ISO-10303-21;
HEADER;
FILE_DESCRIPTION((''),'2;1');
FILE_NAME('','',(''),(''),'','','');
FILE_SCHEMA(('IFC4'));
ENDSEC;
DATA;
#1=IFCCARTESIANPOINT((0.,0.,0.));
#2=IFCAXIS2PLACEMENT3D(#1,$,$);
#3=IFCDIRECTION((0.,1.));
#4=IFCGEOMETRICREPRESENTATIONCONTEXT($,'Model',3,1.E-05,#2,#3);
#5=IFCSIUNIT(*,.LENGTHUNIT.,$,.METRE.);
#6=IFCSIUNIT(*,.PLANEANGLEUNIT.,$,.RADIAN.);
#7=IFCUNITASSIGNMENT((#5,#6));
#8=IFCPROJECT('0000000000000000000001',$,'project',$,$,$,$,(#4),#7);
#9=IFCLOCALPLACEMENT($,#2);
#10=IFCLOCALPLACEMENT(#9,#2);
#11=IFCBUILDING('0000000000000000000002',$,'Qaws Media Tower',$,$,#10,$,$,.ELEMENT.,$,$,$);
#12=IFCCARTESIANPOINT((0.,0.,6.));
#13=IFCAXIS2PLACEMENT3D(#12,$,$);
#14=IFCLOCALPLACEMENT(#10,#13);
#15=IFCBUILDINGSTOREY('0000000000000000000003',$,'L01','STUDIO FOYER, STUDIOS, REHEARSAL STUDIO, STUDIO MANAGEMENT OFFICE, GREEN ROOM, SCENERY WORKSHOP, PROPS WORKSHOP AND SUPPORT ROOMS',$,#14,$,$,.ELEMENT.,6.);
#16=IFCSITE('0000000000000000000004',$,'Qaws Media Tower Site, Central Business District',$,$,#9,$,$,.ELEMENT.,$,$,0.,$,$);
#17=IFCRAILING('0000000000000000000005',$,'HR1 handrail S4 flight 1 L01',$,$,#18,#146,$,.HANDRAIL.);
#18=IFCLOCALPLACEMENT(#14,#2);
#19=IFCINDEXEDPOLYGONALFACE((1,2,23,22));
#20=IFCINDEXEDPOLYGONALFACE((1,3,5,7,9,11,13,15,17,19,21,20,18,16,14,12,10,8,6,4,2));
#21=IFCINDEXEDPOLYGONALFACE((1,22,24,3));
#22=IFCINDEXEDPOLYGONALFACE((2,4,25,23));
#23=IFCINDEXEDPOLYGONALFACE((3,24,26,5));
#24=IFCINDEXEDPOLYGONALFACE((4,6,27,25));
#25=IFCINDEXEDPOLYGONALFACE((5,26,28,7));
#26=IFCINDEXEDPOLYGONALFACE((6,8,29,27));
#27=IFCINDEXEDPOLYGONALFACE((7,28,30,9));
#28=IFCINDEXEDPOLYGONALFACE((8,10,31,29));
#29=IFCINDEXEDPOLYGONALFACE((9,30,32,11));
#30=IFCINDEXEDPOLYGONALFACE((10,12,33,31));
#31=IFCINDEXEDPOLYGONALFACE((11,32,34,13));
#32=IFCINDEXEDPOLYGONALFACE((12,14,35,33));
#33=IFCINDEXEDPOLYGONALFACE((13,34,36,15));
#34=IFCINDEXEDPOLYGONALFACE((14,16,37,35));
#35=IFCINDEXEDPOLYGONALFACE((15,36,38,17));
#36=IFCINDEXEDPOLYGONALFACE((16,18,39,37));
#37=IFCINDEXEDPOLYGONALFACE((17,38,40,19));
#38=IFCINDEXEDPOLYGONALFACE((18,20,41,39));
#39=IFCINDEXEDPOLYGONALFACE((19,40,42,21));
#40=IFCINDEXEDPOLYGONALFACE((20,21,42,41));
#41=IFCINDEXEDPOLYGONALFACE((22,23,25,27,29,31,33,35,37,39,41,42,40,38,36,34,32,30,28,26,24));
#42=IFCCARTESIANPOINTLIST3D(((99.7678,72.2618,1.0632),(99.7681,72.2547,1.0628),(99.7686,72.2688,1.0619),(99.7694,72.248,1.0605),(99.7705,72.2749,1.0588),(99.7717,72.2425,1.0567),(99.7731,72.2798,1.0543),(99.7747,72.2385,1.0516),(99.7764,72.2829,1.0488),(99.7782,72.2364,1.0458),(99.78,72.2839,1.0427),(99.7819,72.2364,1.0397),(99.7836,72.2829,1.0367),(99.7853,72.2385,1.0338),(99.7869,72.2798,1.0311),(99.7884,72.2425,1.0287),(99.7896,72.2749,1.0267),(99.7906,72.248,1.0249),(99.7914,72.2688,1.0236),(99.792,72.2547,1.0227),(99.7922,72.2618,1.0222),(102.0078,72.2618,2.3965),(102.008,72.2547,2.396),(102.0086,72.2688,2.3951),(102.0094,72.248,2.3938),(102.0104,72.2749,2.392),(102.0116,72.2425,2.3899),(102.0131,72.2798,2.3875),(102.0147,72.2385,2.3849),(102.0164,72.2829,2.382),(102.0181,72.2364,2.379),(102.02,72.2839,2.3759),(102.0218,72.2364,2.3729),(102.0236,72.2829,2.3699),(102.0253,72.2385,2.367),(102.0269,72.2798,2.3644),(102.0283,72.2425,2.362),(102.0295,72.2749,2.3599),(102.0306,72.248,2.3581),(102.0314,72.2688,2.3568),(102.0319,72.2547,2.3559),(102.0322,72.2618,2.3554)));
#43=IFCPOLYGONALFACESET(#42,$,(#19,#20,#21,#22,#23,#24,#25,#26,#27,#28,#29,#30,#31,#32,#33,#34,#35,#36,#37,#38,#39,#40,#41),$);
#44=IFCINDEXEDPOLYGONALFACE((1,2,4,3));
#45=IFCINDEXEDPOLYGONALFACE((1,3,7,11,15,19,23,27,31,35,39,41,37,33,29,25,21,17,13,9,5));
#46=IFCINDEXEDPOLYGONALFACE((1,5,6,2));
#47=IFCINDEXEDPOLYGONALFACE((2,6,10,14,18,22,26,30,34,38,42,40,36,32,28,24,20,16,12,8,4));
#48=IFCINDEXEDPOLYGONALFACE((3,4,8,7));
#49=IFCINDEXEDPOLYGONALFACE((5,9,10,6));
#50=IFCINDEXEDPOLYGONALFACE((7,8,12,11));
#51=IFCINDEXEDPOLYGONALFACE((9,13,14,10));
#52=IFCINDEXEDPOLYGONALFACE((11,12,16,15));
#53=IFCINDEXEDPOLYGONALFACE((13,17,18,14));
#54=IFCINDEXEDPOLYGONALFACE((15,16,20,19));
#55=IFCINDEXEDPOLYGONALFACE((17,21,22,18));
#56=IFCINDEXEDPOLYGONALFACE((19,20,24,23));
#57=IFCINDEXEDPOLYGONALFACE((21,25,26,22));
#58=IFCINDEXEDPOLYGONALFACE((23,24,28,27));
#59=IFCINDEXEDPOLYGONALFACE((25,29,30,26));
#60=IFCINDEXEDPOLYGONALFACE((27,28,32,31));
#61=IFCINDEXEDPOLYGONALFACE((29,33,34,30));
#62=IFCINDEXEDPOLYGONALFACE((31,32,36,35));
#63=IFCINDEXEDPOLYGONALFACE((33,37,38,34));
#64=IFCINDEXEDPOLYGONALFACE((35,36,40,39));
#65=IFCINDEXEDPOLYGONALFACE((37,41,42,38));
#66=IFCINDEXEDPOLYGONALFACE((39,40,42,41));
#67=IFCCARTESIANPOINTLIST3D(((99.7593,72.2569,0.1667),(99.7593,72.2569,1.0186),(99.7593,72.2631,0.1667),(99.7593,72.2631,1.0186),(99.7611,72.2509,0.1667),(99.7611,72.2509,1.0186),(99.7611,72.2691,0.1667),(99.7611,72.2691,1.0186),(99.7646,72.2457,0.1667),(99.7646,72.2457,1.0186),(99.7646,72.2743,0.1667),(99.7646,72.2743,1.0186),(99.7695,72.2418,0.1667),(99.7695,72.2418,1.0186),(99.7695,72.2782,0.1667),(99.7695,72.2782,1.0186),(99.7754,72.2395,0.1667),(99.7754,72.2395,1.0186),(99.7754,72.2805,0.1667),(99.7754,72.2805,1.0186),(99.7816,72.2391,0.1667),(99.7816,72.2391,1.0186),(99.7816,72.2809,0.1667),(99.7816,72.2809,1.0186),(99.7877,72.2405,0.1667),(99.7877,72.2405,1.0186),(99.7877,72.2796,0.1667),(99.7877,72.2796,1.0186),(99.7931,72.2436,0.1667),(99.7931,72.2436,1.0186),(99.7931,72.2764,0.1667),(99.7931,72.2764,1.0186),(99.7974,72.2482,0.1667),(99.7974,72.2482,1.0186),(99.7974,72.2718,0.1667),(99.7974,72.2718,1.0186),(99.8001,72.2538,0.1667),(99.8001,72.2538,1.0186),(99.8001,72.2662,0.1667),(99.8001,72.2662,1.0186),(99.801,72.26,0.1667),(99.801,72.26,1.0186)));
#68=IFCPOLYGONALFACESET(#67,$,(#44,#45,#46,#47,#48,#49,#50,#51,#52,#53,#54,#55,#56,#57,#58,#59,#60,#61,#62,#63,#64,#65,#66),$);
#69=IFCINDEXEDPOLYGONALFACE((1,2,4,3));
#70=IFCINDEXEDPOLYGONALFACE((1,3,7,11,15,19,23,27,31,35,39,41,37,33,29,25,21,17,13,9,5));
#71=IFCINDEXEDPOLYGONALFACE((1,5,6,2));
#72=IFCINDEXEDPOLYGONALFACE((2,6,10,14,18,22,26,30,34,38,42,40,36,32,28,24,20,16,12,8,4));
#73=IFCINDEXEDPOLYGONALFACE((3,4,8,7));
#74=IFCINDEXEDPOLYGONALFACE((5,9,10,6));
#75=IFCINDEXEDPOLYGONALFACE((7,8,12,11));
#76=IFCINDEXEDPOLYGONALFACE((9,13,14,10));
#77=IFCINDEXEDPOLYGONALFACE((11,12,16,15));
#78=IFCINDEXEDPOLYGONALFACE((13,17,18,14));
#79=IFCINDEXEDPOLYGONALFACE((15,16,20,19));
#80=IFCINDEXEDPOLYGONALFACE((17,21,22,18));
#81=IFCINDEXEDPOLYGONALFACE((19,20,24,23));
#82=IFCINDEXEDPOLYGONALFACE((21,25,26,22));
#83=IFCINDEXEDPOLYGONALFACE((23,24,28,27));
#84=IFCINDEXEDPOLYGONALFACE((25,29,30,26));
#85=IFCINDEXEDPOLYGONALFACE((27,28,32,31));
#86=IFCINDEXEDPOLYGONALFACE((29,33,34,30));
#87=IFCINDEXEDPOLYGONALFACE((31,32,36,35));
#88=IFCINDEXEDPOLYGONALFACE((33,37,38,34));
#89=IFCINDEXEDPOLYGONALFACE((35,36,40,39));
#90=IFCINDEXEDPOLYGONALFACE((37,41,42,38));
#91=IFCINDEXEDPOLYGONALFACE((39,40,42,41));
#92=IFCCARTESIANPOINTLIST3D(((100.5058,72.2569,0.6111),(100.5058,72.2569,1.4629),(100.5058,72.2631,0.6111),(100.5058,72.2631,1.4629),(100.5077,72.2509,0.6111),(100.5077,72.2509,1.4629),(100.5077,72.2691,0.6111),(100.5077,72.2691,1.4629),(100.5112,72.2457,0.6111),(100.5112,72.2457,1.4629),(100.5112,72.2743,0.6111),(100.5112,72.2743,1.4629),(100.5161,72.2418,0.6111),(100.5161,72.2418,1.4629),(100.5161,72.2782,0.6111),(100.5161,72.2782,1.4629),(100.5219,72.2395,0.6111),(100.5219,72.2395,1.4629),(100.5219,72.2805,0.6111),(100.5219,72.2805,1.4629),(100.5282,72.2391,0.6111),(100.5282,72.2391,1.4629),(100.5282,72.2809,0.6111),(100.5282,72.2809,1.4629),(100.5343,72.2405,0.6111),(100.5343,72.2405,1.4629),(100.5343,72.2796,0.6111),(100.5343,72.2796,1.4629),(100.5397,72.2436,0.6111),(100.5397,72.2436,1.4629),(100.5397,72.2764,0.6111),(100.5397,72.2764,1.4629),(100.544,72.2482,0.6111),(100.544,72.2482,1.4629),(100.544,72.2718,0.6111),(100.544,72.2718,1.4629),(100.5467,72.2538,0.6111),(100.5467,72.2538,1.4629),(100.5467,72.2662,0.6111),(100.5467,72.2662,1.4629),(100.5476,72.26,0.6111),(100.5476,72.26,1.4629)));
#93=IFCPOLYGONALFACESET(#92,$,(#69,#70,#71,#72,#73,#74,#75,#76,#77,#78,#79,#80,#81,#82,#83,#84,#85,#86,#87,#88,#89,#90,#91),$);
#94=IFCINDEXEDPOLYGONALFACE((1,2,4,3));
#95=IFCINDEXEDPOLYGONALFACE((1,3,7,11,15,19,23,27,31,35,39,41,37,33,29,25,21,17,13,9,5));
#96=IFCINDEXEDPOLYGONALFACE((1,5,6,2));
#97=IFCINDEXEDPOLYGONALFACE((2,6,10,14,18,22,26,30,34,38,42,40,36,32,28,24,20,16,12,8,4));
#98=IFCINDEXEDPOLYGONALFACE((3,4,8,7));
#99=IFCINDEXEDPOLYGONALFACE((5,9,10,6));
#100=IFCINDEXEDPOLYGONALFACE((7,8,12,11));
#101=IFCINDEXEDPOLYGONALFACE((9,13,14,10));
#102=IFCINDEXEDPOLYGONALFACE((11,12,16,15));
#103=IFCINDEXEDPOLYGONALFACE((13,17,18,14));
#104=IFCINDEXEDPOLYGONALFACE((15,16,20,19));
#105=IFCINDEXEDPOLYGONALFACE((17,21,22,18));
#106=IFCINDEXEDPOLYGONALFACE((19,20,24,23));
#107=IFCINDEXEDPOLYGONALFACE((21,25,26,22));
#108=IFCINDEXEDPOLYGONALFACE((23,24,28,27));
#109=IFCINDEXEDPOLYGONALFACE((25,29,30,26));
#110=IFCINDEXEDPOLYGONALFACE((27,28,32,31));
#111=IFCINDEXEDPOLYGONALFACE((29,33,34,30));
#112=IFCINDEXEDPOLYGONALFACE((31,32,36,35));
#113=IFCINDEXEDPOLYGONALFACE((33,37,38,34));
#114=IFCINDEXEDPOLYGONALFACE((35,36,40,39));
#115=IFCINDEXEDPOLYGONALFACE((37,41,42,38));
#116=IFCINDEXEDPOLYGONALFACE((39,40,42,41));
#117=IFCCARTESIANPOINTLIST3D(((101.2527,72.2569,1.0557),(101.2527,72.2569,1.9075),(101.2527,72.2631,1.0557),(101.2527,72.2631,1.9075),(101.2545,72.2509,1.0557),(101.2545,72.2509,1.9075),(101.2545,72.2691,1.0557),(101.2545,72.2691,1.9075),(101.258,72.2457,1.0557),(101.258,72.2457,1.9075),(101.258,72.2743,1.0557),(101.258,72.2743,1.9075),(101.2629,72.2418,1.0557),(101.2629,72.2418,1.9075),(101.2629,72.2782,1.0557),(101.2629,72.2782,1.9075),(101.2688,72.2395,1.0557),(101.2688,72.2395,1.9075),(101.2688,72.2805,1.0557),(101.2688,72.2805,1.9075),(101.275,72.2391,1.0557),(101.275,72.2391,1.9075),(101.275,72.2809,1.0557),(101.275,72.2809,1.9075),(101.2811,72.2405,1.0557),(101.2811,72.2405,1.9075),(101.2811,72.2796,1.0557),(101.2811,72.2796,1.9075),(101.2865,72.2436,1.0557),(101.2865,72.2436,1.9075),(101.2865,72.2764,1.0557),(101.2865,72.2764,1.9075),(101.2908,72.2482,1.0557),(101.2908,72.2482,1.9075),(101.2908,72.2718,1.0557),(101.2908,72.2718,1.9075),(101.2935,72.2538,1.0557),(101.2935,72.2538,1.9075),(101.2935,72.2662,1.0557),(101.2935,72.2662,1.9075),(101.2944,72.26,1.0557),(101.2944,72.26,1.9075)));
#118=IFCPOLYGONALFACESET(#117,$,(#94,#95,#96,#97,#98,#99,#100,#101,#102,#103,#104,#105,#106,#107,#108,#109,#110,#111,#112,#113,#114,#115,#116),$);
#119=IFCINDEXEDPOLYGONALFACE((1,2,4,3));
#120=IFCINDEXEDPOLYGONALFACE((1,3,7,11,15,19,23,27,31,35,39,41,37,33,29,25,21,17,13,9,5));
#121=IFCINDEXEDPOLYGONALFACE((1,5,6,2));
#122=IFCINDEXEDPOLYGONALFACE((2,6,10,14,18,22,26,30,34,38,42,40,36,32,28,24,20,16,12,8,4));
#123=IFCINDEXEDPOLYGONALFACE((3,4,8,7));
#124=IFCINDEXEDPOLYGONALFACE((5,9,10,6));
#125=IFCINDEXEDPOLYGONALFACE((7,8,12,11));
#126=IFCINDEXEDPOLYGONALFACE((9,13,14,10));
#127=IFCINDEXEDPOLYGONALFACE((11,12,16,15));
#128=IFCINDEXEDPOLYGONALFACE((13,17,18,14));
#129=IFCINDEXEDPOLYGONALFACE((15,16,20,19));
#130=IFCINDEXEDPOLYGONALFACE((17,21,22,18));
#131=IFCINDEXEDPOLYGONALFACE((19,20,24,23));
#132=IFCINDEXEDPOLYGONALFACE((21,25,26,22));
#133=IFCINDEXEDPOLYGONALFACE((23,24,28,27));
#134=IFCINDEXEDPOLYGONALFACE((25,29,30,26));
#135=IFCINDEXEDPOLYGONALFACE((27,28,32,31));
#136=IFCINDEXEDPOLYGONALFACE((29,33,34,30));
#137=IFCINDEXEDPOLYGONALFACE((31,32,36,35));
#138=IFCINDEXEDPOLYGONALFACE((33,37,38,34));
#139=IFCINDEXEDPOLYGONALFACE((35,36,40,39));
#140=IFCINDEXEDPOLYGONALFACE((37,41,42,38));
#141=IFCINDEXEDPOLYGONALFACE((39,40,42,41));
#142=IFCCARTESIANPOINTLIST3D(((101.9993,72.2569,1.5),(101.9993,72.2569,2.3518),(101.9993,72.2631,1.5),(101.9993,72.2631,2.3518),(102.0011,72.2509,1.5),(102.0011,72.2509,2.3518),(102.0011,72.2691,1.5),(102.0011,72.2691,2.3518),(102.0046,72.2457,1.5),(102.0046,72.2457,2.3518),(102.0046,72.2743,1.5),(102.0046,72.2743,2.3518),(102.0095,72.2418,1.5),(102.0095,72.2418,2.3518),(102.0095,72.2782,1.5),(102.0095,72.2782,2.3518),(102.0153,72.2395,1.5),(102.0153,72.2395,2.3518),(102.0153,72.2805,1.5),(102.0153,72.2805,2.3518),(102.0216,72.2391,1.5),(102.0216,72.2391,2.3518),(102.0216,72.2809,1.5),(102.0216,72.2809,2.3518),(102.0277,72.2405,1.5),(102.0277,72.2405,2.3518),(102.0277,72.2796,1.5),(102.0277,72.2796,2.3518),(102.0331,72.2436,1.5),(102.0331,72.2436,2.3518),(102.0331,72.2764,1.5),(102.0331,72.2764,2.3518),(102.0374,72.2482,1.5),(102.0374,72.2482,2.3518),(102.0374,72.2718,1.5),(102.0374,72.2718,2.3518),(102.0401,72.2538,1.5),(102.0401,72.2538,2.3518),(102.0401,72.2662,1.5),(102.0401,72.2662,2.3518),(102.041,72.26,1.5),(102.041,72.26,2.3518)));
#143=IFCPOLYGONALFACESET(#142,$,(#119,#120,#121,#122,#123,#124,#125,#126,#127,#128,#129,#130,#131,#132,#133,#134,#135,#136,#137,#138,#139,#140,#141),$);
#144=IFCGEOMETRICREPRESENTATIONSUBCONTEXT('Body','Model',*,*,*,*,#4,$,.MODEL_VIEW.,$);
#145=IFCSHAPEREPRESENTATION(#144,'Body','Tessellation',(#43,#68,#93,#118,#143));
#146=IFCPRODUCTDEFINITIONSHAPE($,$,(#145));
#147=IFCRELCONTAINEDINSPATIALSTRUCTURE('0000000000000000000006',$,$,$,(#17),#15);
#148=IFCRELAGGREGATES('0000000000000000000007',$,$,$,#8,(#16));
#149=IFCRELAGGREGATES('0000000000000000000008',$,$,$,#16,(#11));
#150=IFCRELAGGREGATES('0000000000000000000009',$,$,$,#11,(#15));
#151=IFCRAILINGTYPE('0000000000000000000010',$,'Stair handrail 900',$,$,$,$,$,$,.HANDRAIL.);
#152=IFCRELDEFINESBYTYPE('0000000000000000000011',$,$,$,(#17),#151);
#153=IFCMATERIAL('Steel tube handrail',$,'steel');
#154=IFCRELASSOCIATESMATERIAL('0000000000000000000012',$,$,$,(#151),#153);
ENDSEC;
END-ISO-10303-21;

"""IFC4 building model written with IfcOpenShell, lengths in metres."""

from ifc_helpers import new_model, si_unit, direction, frame, origin, origin_2d, place, context, subcontext, project, spatial, circle, extrude, material, type_object, element, save


model = new_model("IFC4")

# Units and contexts
model_context = context("Model", 3, precision=1e-05, world=origin(), true_north=direction((0.0, 1.0)))
body_context = subcontext(model_context, "Body", "Model", "MODEL_VIEW")
ifc_project = project(units=[si_unit("LENGTHUNIT", "METRE"), si_unit("PLANEANGLEUNIT", "RADIAN")], contexts=[model_context])

# Site, building, storey
site_placement = place(None, origin())
site = spatial("IfcSite", under=ifc_project, at=site_placement, Name="Qaws Media Tower Site, Central Business District", CompositionType="ELEMENT", RefElevation=0.0)
building_placement = place(site_placement, origin())
building = spatial("IfcBuilding", under=site, at=building_placement, Name="Qaws Media Tower", CompositionType="ELEMENT")
storey_placement = place(building_placement, frame((0.0, 0.0, 6.0)))
storey = spatial("IfcBuildingStorey", under=building, at=storey_placement, Name="L01", Description="STUDIO FOYER, STUDIOS, REHEARSAL STUDIO, STUDIO MANAGEMENT OFFICE, GREEN ROOM, SCENERY WORKSHOP, PROPS WORKSHOP AND SUPPORT ROOMS", CompositionType="ELEMENT", Elevation=6.0)

# Railing
ifc_material_1 = material(Name="Steel tube handrail", Category="steel")
railing_type = type_object("IfcRailingType", Name="Stair handrail 900", PredefinedType="HANDRAIL", material=ifc_material_1)
railing_1_placement = place(storey_placement, frame((99.78, 72.26, 0.1667)))
element("IfcRailing", 1, at=railing_1_placement, inside=storey, type_object=railing_type, Name="HR1 handrail S4 flight 1 L01", PredefinedType="HANDRAIL", context=body_context, shape_type="SweptSolid", body=[
    extrude(circle(Radius=0.0239, at=origin_2d()), frame((0.0, 0.0, 0.876), z_axis=(0.859306, 0.0, 0.511462), x_axis=(0.0, 1.0, 0.0)), (0.0, 0.0, 1.0), 2.6067),
    extrude(circle(Radius=0.021, at=origin_2d()), origin(), (0.0, 0.0, 1.0), 0.8518),
    extrude(circle(Radius=0.021, at=origin_2d()), frame((0.7466, 0.0, 0.4443)), (0.0, 0.0, 1.0), 0.8518),
    extrude(circle(Radius=0.021, at=origin_2d()), frame((1.4934, 0.0, 0.8889)), (0.0, 0.0, 1.0), 0.8518),
    extrude(circle(Radius=0.021, at=origin_2d()), frame((2.24, 0.0, 1.3333)), (0.0, 0.0, 1.0), 0.8518),
])

save(model, "model.ifc")
